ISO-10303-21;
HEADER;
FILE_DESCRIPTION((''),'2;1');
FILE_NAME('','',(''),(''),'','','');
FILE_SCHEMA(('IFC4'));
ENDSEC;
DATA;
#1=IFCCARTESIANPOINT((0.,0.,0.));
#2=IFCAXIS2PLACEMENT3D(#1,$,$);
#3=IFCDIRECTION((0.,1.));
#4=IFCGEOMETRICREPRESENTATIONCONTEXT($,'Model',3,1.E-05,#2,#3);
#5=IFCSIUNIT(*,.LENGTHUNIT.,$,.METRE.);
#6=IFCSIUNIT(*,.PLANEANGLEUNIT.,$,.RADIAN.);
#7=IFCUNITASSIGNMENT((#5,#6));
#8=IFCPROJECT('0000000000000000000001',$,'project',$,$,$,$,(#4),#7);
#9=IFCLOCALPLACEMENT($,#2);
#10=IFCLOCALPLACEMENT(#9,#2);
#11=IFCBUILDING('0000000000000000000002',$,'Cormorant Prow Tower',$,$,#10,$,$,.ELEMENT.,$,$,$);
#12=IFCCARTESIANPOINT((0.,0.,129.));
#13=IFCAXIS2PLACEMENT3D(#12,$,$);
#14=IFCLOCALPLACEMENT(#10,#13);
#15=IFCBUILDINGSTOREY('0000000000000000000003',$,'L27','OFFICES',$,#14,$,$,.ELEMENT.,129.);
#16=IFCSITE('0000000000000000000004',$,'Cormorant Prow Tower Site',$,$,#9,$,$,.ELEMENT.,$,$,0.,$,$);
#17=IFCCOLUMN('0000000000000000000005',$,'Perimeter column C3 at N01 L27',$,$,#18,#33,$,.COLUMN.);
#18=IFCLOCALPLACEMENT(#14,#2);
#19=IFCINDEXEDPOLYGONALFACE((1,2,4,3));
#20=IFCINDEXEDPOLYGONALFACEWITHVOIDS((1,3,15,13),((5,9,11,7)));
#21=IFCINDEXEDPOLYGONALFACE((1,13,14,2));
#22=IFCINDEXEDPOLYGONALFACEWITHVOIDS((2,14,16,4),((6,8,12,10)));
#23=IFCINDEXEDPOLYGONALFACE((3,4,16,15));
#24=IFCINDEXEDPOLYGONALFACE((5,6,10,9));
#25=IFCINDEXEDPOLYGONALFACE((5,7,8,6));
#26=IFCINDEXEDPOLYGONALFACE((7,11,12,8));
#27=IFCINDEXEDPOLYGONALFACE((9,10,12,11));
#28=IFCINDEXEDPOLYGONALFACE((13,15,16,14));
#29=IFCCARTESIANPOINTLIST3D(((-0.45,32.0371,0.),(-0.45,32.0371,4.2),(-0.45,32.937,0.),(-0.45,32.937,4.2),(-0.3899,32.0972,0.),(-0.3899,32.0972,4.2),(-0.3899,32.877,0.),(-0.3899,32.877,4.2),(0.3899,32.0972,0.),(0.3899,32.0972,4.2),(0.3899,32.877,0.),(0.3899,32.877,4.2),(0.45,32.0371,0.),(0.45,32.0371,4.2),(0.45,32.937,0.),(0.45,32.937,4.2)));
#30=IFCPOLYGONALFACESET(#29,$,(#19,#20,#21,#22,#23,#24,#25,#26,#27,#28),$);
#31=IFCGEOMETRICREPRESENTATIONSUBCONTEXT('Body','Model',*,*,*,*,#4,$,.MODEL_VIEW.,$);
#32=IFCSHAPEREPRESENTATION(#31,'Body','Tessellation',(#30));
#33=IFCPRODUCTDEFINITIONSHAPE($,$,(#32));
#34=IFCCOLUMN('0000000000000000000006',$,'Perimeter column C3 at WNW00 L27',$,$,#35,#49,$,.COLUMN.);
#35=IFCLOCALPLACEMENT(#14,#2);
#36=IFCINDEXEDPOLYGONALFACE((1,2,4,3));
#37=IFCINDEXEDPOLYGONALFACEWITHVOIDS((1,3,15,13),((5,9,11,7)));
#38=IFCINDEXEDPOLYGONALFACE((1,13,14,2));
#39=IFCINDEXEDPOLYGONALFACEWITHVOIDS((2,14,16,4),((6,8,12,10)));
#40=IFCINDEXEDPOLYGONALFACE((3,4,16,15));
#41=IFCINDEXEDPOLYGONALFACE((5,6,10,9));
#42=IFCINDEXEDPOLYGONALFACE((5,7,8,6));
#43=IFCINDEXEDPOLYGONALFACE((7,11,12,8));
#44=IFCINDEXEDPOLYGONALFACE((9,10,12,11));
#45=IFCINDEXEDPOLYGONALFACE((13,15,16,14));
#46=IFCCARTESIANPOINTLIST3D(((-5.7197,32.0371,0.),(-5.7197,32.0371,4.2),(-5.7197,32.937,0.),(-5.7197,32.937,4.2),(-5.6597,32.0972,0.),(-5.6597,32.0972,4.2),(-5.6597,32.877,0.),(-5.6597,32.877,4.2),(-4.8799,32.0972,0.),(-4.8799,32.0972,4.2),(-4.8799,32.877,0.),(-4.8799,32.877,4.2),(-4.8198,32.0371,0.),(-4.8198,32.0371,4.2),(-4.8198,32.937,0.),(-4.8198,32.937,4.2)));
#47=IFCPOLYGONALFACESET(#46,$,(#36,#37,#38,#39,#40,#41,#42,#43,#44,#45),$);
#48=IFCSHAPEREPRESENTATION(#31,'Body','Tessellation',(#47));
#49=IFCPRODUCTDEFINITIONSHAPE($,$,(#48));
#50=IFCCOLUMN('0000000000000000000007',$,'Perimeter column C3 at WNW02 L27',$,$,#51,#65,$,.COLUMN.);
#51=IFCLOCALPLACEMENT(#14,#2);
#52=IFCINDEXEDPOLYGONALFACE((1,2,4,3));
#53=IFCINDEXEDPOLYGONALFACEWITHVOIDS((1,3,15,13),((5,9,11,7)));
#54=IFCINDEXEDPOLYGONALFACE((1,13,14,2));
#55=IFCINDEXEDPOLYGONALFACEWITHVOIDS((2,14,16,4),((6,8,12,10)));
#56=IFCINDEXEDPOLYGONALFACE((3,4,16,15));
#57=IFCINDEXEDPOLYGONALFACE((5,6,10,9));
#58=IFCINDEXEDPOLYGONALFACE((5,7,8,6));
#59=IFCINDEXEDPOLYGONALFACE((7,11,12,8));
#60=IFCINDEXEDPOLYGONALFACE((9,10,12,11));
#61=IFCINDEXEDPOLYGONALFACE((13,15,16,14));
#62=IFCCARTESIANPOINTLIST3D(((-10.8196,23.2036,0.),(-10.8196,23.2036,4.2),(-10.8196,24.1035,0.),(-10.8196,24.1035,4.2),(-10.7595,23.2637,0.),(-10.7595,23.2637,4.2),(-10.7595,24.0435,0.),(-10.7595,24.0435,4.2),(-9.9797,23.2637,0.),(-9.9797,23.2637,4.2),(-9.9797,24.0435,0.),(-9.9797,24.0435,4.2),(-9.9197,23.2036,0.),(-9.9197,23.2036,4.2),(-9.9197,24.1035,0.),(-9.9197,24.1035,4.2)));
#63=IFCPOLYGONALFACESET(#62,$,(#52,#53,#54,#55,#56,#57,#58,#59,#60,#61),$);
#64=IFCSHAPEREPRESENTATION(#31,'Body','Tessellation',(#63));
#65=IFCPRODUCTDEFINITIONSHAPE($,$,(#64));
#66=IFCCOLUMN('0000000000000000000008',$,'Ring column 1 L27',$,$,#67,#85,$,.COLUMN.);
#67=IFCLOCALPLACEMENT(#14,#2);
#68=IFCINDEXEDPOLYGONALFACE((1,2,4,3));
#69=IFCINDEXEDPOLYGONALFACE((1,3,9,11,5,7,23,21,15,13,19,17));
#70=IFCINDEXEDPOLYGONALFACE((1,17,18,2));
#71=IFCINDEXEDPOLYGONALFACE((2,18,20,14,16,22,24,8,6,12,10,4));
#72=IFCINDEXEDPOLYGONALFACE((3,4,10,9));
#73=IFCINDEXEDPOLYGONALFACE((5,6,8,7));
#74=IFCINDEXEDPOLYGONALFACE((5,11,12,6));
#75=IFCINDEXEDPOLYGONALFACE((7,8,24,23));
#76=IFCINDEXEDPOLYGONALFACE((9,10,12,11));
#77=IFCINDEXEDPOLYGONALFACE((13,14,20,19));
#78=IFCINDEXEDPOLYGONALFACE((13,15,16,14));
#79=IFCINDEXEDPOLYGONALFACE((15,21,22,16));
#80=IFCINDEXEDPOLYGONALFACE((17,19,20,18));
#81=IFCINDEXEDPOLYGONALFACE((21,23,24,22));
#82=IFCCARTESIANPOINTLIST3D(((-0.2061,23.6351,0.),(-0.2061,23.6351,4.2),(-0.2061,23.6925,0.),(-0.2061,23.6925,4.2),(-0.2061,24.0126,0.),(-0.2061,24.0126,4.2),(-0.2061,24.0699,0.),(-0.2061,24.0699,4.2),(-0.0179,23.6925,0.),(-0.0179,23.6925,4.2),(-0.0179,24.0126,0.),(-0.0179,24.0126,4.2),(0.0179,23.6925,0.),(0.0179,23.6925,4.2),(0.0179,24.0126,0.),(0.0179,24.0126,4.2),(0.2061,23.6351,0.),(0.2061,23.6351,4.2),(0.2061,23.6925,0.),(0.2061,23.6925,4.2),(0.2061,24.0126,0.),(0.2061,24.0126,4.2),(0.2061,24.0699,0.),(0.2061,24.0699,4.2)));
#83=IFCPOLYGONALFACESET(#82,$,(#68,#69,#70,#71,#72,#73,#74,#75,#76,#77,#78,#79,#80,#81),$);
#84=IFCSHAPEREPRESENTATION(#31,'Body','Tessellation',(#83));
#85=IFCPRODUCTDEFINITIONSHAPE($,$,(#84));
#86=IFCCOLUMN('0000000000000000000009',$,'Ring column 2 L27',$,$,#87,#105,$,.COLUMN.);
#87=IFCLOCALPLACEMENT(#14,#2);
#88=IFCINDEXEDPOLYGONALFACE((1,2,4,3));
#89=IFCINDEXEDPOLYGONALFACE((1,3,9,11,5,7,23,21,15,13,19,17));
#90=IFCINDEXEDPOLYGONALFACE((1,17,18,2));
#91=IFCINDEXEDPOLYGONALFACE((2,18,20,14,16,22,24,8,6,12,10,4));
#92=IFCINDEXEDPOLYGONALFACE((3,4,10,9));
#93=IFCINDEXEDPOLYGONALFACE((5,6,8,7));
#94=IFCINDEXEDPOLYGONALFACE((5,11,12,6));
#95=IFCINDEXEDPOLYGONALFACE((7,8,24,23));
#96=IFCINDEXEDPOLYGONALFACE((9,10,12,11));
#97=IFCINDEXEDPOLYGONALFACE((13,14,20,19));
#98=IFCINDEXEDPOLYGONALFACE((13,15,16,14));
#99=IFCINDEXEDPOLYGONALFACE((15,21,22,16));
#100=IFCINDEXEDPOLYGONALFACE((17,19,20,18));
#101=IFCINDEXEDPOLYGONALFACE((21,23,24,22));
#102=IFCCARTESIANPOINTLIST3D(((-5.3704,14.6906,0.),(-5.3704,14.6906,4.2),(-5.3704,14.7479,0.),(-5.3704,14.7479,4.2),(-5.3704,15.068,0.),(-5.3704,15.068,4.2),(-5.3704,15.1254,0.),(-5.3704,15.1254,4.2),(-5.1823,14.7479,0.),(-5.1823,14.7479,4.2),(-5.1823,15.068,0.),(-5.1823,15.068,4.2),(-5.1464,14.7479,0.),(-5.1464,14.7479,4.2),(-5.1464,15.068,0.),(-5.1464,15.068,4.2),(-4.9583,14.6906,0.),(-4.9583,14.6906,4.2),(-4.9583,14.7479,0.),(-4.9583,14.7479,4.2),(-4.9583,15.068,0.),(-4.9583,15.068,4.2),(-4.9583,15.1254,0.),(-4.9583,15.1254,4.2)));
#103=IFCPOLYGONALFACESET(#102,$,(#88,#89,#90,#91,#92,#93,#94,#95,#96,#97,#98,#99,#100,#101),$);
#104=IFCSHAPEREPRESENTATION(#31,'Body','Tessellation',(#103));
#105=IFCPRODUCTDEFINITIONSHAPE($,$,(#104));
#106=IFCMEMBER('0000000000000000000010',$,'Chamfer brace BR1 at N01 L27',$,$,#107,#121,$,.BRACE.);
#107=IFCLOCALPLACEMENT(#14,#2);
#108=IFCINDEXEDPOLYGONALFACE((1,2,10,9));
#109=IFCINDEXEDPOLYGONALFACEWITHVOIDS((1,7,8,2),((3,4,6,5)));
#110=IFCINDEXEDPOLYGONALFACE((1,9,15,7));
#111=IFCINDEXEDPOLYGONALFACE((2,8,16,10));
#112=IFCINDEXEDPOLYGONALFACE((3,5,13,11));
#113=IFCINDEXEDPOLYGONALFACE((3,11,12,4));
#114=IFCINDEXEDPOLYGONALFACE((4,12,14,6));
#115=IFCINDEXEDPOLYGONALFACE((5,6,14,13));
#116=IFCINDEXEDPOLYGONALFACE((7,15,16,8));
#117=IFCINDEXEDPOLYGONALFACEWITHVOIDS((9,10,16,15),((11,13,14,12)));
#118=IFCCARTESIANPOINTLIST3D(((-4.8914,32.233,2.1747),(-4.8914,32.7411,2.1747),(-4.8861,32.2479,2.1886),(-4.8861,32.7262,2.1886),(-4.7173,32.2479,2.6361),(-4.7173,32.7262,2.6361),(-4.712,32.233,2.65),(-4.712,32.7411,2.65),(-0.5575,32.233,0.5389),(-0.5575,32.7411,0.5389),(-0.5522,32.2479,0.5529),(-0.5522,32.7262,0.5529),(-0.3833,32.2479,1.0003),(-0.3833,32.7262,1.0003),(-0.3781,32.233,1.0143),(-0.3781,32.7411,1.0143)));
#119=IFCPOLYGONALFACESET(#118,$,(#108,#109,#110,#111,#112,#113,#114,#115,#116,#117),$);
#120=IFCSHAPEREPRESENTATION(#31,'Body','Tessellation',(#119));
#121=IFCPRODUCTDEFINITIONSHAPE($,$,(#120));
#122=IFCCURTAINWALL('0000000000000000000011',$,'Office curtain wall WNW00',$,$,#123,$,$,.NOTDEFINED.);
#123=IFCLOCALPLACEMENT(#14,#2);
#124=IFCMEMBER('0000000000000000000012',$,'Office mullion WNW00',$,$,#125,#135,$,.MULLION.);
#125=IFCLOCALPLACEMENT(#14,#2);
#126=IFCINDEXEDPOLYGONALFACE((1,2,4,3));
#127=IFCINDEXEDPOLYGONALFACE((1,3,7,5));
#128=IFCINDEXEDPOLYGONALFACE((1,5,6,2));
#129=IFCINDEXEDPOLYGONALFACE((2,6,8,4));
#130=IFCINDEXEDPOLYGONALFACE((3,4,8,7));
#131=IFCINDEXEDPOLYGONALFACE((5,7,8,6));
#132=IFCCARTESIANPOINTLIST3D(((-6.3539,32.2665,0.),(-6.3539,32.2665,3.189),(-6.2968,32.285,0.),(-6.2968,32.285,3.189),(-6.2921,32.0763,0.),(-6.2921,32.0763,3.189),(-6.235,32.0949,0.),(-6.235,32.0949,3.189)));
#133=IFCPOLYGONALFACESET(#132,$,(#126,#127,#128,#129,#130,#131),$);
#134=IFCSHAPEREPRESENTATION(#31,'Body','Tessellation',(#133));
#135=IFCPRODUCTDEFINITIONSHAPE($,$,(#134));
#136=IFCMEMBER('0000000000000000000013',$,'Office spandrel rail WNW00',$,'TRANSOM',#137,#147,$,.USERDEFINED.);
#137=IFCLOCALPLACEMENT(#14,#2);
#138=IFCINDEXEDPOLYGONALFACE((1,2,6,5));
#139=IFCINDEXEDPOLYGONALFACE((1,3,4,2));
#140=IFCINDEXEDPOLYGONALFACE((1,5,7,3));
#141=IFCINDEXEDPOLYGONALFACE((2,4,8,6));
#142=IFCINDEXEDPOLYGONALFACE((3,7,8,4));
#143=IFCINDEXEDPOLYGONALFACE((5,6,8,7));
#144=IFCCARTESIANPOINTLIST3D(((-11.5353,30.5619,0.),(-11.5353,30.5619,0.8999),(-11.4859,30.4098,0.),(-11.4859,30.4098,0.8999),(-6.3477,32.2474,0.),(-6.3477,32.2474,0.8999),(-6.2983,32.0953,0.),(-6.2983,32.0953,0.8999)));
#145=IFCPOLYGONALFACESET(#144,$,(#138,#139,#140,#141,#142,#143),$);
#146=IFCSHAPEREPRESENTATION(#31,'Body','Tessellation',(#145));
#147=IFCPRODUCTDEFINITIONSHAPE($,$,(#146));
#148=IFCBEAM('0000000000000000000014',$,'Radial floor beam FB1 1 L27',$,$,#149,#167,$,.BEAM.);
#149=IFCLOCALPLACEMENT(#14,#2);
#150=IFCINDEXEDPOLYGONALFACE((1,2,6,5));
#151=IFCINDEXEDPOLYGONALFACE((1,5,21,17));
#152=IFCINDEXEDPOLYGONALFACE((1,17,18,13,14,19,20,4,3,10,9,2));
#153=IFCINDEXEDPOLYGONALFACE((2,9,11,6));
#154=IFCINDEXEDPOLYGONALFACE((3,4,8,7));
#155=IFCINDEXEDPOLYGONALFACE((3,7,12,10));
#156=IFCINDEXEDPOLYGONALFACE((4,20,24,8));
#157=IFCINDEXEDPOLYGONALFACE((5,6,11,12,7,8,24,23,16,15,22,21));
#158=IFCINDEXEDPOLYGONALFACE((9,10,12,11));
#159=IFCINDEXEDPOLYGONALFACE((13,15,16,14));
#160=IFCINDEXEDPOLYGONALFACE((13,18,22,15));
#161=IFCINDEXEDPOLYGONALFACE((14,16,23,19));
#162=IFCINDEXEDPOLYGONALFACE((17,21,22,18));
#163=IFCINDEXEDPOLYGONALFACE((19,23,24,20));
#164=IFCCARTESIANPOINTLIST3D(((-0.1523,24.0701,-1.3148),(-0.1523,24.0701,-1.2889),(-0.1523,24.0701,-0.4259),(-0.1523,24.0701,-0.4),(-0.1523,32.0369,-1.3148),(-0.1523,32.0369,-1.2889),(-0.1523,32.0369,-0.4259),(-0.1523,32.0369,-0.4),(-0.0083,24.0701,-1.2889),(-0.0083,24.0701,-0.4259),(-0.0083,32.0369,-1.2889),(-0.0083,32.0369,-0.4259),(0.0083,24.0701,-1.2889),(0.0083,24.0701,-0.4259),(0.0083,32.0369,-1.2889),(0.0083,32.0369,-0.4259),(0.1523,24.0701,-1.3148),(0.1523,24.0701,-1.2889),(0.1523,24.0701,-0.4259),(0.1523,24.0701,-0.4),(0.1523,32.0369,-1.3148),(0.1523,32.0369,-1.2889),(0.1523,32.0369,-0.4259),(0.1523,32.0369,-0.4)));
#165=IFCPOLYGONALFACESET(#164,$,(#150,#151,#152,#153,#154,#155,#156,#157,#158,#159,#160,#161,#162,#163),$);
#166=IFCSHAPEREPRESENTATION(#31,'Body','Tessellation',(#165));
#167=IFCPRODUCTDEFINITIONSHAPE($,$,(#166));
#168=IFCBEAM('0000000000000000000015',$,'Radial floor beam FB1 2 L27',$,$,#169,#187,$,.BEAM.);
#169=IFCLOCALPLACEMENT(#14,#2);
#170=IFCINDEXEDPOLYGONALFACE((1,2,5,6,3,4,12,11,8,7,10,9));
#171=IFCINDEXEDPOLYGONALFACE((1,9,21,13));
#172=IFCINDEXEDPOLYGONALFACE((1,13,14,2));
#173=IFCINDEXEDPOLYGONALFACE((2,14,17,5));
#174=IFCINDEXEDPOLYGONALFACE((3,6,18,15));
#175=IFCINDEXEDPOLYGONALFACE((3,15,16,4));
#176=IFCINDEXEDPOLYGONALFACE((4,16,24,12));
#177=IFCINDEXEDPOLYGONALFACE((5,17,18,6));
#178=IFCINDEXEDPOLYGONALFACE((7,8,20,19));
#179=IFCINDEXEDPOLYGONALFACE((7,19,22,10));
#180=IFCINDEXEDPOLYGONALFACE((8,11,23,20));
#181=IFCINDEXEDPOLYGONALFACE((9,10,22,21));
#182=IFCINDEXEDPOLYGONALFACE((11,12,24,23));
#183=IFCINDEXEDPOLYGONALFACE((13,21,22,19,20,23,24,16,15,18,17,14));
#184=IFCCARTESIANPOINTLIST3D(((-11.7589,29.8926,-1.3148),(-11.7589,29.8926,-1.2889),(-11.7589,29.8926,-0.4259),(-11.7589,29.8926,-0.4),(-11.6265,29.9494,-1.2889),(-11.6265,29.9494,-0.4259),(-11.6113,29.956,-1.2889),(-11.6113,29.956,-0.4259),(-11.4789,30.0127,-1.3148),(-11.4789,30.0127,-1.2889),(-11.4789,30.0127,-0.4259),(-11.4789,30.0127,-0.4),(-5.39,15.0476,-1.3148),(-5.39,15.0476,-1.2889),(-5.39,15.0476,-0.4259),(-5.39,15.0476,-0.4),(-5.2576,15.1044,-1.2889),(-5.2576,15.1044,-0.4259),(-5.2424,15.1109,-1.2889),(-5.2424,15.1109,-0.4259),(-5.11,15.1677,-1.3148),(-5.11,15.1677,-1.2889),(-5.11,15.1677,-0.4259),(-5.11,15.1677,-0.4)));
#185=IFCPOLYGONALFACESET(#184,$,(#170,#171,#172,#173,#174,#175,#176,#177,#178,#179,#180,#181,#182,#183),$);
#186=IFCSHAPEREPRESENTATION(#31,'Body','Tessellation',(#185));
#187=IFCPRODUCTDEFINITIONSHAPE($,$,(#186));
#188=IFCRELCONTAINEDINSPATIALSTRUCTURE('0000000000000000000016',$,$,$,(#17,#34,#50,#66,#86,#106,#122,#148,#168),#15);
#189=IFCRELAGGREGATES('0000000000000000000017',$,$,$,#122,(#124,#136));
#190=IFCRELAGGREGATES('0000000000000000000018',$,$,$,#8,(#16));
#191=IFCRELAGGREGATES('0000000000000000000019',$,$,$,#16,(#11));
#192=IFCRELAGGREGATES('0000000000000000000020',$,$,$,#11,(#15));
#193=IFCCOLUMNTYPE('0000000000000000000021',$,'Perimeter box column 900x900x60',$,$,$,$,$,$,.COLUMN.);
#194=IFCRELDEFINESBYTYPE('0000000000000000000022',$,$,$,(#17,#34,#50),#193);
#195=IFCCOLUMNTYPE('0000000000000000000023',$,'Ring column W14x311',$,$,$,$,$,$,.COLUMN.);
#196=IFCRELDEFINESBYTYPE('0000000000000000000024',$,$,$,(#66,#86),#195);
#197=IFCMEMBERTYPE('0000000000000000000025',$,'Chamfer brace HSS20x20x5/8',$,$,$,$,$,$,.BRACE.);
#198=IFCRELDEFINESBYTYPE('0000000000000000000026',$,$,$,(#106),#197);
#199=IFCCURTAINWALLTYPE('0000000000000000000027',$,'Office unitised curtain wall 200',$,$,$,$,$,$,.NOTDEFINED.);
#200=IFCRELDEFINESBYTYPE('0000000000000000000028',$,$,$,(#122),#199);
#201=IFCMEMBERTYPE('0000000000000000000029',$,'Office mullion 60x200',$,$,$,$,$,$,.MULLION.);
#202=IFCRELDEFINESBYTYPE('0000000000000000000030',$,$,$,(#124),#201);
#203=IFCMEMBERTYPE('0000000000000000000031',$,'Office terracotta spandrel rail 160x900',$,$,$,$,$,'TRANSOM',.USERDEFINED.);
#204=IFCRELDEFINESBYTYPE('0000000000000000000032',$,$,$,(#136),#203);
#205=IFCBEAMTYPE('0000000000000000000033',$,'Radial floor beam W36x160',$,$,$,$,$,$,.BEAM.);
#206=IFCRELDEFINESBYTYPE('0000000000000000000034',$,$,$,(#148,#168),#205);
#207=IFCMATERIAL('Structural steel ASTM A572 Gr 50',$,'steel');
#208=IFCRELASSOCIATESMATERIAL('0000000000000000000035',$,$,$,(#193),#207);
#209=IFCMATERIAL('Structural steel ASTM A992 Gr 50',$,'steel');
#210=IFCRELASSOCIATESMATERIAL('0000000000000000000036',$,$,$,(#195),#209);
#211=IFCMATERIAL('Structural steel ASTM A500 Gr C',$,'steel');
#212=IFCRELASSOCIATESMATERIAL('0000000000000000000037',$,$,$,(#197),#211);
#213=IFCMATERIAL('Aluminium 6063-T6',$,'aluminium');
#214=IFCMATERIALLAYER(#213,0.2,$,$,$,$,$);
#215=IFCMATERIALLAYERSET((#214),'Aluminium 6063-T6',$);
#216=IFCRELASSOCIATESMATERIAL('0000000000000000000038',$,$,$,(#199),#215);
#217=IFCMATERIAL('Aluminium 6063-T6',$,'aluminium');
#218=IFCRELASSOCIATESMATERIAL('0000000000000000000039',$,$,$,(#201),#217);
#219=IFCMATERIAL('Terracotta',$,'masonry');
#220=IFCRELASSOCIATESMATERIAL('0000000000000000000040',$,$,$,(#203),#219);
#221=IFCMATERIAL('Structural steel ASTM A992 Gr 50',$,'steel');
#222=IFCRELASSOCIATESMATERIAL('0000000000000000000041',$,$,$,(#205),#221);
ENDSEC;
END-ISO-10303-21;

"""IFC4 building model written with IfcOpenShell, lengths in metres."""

from ifc_helpers import new_model, si_unit, direction, frame, origin, origin_2d, place, context, subcontext, project, spatial, rectangle, hollow_rectangle, i_section, extrude, material, layer, layer_set, material_profile, profile_set, type_object, element, aggregate, save


model = new_model("IFC4")

# Units and contexts
model_context = context("Model", 3, precision=1e-05, world=origin(), true_north=direction((0.0, 1.0)))
body_context = subcontext(model_context, "Body", "Model", "MODEL_VIEW")
ifc_project = project(units=[si_unit("LENGTHUNIT", "METRE"), si_unit("PLANEANGLEUNIT", "RADIAN")], contexts=[model_context])

# Site, building, storey
site_placement = place(None, origin())
site = spatial("IfcSite", under=ifc_project, at=site_placement, Name="Cormorant Prow Tower Site", CompositionType="ELEMENT", RefElevation=0.0)
building_placement = place(site_placement, origin())
building = spatial("IfcBuilding", under=site, at=building_placement, Name="Cormorant Prow Tower", CompositionType="ELEMENT")
storey_placement = place(building_placement, frame((0.0, 0.0, 129.0)))
storey = spatial("IfcBuildingStorey", under=building, at=storey_placement, Name="L27", Description="OFFICES", CompositionType="ELEMENT", Elevation=129.0)

# Columns
ifc_material_1 = material(Name="Structural steel ASTM A572 Gr 50", Category="steel")
ifc_material_profile_1 = material_profile(ifc_material_1, hollow_rectangle(XDim=0.8999, YDim=0.8999, WallThickness=0.0601, at=origin_2d()), Name="Box 900x900x60")
ifc_profile_set_1 = profile_set([ifc_material_profile_1], Name="Structural steel ASTM A572 Gr 50")
column_type_1 = type_object("IfcColumnType", Name="Perimeter box column 900x900x60", PredefinedType="COLUMN", material=ifc_profile_set_1)
for number, where, z_axis, x_axis, name in (
    (1, (0.0, 32.4871, 0.0), (0.0, 0.0, 1.0), (1.0, 0.0, 0.0), "Perimeter column C3 at N01 L27"),
    (2, (-5.2698, 32.4871, 0.0), (0.0, 0.0, 1.0), (1.0, 0.0, 0.0), "Perimeter column C3 at WNW00 L27"),
    (3, (-10.3696, 23.6536, 0.0), (0.0, 0.0, 1.0), (1.0, 0.0, 0.0), "Perimeter column C3 at WNW02 L27"),
):
    element("IfcColumn", number, at=place(storey_placement, frame(where, z_axis=z_axis, x_axis=x_axis)), inside=storey, type_object=column_type_1, Name=name, PredefinedType="COLUMN", context=body_context, shape_type="SweptSolid", body=[
        extrude(hollow_rectangle(XDim=0.8999, YDim=0.8999, WallThickness=0.0601, at=origin_2d()), origin(), (0.0, 0.0, 1.0), 4.2),
    ])
ifc_material_2 = material(Name="Structural steel ASTM A992 Gr 50", Category="steel")
ifc_material_profile_2 = material_profile(ifc_material_2, i_section(OverallWidth=0.4121, OverallDepth=0.4348, WebThickness=0.0359, FlangeThickness=0.0574, at=origin_2d()), Name="W14x311")
ifc_profile_set_2 = profile_set([ifc_material_profile_2], Name="Structural steel ASTM A992 Gr 50")
column_type_2 = type_object("IfcColumnType", Name="Ring column W14x311", PredefinedType="COLUMN", material=ifc_profile_set_2)
for number, where, z_axis, x_axis, name in (
    (4, (0.0, 23.8525, 0.0), (0.0, 0.0, 1.0), (1.0, 0.0, 0.0), "Ring column 1 L27"),
    (5, (-5.1643, 14.908, 0.0), (0.0, 0.0, 1.0), (1.0, 0.0, 0.0), "Ring column 2 L27"),
):
    element("IfcColumn", number, at=place(storey_placement, frame(where, z_axis=z_axis, x_axis=x_axis)), inside=storey, type_object=column_type_2, Name=name, PredefinedType="COLUMN", context=body_context, shape_type="SweptSolid", body=[
        extrude(i_section(OverallWidth=0.4121, OverallDepth=0.4348, WebThickness=0.0359, FlangeThickness=0.0574, at=origin_2d()), origin(), (0.0, 0.0, 1.0), 4.2),
    ])

# Member
ifc_material_3 = material(Name="Structural steel ASTM A500 Gr C", Category="steel")
ifc_material_profile_3 = material_profile(ifc_material_3, hollow_rectangle(XDim=0.5081, YDim=0.5081, WallThickness=0.0149, at=origin_2d()), Name="HSS20x20x5/8")
ifc_profile_set_3 = profile_set([ifc_material_profile_3], Name="Structural steel ASTM A500 Gr C")
member_type_1 = type_object("IfcMemberType", Name="Chamfer brace HSS20x20x5/8", PredefinedType="BRACE", material=ifc_profile_set_3)
member_1_placement = place(storey_placement, frame((-0.4678, 32.4871, 0.7766), z_axis=(-0.935582, 0.0, 0.353109), x_axis=(0.0, -1.0, 0.0)))
element("IfcMember", 6, at=member_1_placement, inside=storey, type_object=member_type_1, Name="Chamfer brace BR1 at N01 L27", PredefinedType="BRACE", context=body_context, shape_type="SweptSolid", body=[
    extrude(hollow_rectangle(XDim=0.5081, YDim=0.5081, WallThickness=0.0149, at=origin_2d()), origin(), (0.0, 0.0, 1.0), 4.6323),
])

# Curtain wall, members
ifc_material_4 = material(Name="Aluminium 6063-T6", Category="aluminium")
ifc_layer_1 = layer(ifc_material_4, 0.2)
ifc_layer_set_1 = layer_set([ifc_layer_1], Name="Aluminium 6063-T6")
curtain_wall_type = type_object("IfcCurtainWallType", Name="Office unitised curtain wall 200", PredefinedType="NOTDEFINED", material=ifc_layer_set_1)
curtain_wall_placement = place(storey_placement, origin())
curtain_wall = element("IfcCurtainWall", 7, at=curtain_wall_placement, inside=storey, type_object=curtain_wall_type, Name="Office curtain wall WNW00", PredefinedType="NOTDEFINED")
ifc_material_5 = material(Name="Aluminium 6063-T6", Category="aluminium")
ifc_material_profile_4 = material_profile(ifc_material_5, rectangle(XDim=0.2, YDim=0.0601, at=origin_2d()), Name="Office mullion 60x200")
ifc_profile_set_4 = profile_set([ifc_material_profile_4], Name="Aluminium 6063-T6")
member_type_2 = type_object("IfcMemberType", Name="Office mullion 60x200", PredefinedType="MULLION", material=ifc_profile_set_4)
member_2_placement = place(storey_placement, frame((-6.2944, 32.1807, 0.0), z_axis=(0.0, 0.0, 1.0), x_axis=(0.309017, -0.951057, 0.0)))
member_2 = element("IfcMember", 8, at=member_2_placement, type_object=member_type_2, Name="Office mullion WNW00", PredefinedType="MULLION", context=body_context, shape_type="SweptSolid", body=[
    extrude(rectangle(XDim=0.2, YDim=0.0601, at=origin_2d()), origin(), (0.0, 0.0, 1.0), 3.189),
])
ifc_material_6 = material(Name="Terracotta", Category="masonry")
ifc_material_profile_5 = material_profile(ifc_material_6, rectangle(XDim=0.1599, YDim=0.8999, at=origin_2d()), Name="Office terracotta spandrel rail 160x900")
ifc_profile_set_5 = profile_set([ifc_material_profile_5], Name="Terracotta")
member_type_3 = type_object("IfcMemberType", Name="Office terracotta spandrel rail 160x900", ElementType="TRANSOM", PredefinedType="USERDEFINED", material=ifc_profile_set_5)
member_3_placement = place(storey_placement, frame((-6.323, 32.1714, 0.45), z_axis=(-0.951059, -0.309008, 0.0), x_axis=(0.309008, -0.951059, 0.0)))
member_3 = element("IfcMember", 9, at=member_3_placement, type_object=member_type_3, Name="Office spandrel rail WNW00", ObjectType="TRANSOM", PredefinedType="USERDEFINED", context=body_context, shape_type="SweptSolid", body=[
    extrude(rectangle(XDim=0.1599, YDim=0.8999, at=origin_2d()), origin(), (0.0, 0.0, 1.0), 5.4546),
])

# Beams
ifc_material_7 = material(Name="Structural steel ASTM A992 Gr 50", Category="steel")
ifc_material_profile_6 = material_profile(ifc_material_7, i_section(OverallWidth=0.3047, OverallDepth=0.9148, WebThickness=0.0166, FlangeThickness=0.0259, at=origin_2d()), Name="W36x160")
ifc_profile_set_6 = profile_set([ifc_material_profile_6], Name="Structural steel ASTM A992 Gr 50")
beam_type_1 = type_object("IfcBeamType", Name="Radial floor beam W36x160", PredefinedType="BEAM", material=ifc_profile_set_6)
beam_1_placement = place(storey_placement, frame((0.0, 24.0701, -0.8574), z_axis=(0.0, 1.0, 0.0), x_axis=(-1.0, 0.0, 0.0)))
element("IfcBeam", 10, at=beam_1_placement, inside=storey, type_object=beam_type_1, Name="Radial floor beam FB1 1 L27", PredefinedType="BEAM", context=body_context, shape_type="SweptSolid", body=[
    extrude(i_section(OverallWidth=0.3047, OverallDepth=0.9148, WebThickness=0.0166, FlangeThickness=0.0259, at=origin_2d()), origin(), (0.0, 0.0, 1.0), 7.9668),
])
beam_2_placement = place(storey_placement, frame((-5.25, 15.1077, -0.8574), z_axis=(-0.394273, 0.918993, 0.0), x_axis=(-0.918993, -0.394273, 0.0)))
element("IfcBeam", 11, at=beam_2_placement, inside=storey, type_object=beam_type_1, Name="Radial floor beam FB1 2 L27", PredefinedType="BEAM", context=body_context, shape_type="SweptSolid", body=[
    extrude(i_section(OverallWidth=0.3047, OverallDepth=0.9148, WebThickness=0.0166, FlangeThickness=0.0259, at=origin_2d()), origin(), (0.0, 0.0, 1.0), 16.1536),
])

aggregate(curtain_wall, [member_2, member_3])

save(model, "model.ifc")
